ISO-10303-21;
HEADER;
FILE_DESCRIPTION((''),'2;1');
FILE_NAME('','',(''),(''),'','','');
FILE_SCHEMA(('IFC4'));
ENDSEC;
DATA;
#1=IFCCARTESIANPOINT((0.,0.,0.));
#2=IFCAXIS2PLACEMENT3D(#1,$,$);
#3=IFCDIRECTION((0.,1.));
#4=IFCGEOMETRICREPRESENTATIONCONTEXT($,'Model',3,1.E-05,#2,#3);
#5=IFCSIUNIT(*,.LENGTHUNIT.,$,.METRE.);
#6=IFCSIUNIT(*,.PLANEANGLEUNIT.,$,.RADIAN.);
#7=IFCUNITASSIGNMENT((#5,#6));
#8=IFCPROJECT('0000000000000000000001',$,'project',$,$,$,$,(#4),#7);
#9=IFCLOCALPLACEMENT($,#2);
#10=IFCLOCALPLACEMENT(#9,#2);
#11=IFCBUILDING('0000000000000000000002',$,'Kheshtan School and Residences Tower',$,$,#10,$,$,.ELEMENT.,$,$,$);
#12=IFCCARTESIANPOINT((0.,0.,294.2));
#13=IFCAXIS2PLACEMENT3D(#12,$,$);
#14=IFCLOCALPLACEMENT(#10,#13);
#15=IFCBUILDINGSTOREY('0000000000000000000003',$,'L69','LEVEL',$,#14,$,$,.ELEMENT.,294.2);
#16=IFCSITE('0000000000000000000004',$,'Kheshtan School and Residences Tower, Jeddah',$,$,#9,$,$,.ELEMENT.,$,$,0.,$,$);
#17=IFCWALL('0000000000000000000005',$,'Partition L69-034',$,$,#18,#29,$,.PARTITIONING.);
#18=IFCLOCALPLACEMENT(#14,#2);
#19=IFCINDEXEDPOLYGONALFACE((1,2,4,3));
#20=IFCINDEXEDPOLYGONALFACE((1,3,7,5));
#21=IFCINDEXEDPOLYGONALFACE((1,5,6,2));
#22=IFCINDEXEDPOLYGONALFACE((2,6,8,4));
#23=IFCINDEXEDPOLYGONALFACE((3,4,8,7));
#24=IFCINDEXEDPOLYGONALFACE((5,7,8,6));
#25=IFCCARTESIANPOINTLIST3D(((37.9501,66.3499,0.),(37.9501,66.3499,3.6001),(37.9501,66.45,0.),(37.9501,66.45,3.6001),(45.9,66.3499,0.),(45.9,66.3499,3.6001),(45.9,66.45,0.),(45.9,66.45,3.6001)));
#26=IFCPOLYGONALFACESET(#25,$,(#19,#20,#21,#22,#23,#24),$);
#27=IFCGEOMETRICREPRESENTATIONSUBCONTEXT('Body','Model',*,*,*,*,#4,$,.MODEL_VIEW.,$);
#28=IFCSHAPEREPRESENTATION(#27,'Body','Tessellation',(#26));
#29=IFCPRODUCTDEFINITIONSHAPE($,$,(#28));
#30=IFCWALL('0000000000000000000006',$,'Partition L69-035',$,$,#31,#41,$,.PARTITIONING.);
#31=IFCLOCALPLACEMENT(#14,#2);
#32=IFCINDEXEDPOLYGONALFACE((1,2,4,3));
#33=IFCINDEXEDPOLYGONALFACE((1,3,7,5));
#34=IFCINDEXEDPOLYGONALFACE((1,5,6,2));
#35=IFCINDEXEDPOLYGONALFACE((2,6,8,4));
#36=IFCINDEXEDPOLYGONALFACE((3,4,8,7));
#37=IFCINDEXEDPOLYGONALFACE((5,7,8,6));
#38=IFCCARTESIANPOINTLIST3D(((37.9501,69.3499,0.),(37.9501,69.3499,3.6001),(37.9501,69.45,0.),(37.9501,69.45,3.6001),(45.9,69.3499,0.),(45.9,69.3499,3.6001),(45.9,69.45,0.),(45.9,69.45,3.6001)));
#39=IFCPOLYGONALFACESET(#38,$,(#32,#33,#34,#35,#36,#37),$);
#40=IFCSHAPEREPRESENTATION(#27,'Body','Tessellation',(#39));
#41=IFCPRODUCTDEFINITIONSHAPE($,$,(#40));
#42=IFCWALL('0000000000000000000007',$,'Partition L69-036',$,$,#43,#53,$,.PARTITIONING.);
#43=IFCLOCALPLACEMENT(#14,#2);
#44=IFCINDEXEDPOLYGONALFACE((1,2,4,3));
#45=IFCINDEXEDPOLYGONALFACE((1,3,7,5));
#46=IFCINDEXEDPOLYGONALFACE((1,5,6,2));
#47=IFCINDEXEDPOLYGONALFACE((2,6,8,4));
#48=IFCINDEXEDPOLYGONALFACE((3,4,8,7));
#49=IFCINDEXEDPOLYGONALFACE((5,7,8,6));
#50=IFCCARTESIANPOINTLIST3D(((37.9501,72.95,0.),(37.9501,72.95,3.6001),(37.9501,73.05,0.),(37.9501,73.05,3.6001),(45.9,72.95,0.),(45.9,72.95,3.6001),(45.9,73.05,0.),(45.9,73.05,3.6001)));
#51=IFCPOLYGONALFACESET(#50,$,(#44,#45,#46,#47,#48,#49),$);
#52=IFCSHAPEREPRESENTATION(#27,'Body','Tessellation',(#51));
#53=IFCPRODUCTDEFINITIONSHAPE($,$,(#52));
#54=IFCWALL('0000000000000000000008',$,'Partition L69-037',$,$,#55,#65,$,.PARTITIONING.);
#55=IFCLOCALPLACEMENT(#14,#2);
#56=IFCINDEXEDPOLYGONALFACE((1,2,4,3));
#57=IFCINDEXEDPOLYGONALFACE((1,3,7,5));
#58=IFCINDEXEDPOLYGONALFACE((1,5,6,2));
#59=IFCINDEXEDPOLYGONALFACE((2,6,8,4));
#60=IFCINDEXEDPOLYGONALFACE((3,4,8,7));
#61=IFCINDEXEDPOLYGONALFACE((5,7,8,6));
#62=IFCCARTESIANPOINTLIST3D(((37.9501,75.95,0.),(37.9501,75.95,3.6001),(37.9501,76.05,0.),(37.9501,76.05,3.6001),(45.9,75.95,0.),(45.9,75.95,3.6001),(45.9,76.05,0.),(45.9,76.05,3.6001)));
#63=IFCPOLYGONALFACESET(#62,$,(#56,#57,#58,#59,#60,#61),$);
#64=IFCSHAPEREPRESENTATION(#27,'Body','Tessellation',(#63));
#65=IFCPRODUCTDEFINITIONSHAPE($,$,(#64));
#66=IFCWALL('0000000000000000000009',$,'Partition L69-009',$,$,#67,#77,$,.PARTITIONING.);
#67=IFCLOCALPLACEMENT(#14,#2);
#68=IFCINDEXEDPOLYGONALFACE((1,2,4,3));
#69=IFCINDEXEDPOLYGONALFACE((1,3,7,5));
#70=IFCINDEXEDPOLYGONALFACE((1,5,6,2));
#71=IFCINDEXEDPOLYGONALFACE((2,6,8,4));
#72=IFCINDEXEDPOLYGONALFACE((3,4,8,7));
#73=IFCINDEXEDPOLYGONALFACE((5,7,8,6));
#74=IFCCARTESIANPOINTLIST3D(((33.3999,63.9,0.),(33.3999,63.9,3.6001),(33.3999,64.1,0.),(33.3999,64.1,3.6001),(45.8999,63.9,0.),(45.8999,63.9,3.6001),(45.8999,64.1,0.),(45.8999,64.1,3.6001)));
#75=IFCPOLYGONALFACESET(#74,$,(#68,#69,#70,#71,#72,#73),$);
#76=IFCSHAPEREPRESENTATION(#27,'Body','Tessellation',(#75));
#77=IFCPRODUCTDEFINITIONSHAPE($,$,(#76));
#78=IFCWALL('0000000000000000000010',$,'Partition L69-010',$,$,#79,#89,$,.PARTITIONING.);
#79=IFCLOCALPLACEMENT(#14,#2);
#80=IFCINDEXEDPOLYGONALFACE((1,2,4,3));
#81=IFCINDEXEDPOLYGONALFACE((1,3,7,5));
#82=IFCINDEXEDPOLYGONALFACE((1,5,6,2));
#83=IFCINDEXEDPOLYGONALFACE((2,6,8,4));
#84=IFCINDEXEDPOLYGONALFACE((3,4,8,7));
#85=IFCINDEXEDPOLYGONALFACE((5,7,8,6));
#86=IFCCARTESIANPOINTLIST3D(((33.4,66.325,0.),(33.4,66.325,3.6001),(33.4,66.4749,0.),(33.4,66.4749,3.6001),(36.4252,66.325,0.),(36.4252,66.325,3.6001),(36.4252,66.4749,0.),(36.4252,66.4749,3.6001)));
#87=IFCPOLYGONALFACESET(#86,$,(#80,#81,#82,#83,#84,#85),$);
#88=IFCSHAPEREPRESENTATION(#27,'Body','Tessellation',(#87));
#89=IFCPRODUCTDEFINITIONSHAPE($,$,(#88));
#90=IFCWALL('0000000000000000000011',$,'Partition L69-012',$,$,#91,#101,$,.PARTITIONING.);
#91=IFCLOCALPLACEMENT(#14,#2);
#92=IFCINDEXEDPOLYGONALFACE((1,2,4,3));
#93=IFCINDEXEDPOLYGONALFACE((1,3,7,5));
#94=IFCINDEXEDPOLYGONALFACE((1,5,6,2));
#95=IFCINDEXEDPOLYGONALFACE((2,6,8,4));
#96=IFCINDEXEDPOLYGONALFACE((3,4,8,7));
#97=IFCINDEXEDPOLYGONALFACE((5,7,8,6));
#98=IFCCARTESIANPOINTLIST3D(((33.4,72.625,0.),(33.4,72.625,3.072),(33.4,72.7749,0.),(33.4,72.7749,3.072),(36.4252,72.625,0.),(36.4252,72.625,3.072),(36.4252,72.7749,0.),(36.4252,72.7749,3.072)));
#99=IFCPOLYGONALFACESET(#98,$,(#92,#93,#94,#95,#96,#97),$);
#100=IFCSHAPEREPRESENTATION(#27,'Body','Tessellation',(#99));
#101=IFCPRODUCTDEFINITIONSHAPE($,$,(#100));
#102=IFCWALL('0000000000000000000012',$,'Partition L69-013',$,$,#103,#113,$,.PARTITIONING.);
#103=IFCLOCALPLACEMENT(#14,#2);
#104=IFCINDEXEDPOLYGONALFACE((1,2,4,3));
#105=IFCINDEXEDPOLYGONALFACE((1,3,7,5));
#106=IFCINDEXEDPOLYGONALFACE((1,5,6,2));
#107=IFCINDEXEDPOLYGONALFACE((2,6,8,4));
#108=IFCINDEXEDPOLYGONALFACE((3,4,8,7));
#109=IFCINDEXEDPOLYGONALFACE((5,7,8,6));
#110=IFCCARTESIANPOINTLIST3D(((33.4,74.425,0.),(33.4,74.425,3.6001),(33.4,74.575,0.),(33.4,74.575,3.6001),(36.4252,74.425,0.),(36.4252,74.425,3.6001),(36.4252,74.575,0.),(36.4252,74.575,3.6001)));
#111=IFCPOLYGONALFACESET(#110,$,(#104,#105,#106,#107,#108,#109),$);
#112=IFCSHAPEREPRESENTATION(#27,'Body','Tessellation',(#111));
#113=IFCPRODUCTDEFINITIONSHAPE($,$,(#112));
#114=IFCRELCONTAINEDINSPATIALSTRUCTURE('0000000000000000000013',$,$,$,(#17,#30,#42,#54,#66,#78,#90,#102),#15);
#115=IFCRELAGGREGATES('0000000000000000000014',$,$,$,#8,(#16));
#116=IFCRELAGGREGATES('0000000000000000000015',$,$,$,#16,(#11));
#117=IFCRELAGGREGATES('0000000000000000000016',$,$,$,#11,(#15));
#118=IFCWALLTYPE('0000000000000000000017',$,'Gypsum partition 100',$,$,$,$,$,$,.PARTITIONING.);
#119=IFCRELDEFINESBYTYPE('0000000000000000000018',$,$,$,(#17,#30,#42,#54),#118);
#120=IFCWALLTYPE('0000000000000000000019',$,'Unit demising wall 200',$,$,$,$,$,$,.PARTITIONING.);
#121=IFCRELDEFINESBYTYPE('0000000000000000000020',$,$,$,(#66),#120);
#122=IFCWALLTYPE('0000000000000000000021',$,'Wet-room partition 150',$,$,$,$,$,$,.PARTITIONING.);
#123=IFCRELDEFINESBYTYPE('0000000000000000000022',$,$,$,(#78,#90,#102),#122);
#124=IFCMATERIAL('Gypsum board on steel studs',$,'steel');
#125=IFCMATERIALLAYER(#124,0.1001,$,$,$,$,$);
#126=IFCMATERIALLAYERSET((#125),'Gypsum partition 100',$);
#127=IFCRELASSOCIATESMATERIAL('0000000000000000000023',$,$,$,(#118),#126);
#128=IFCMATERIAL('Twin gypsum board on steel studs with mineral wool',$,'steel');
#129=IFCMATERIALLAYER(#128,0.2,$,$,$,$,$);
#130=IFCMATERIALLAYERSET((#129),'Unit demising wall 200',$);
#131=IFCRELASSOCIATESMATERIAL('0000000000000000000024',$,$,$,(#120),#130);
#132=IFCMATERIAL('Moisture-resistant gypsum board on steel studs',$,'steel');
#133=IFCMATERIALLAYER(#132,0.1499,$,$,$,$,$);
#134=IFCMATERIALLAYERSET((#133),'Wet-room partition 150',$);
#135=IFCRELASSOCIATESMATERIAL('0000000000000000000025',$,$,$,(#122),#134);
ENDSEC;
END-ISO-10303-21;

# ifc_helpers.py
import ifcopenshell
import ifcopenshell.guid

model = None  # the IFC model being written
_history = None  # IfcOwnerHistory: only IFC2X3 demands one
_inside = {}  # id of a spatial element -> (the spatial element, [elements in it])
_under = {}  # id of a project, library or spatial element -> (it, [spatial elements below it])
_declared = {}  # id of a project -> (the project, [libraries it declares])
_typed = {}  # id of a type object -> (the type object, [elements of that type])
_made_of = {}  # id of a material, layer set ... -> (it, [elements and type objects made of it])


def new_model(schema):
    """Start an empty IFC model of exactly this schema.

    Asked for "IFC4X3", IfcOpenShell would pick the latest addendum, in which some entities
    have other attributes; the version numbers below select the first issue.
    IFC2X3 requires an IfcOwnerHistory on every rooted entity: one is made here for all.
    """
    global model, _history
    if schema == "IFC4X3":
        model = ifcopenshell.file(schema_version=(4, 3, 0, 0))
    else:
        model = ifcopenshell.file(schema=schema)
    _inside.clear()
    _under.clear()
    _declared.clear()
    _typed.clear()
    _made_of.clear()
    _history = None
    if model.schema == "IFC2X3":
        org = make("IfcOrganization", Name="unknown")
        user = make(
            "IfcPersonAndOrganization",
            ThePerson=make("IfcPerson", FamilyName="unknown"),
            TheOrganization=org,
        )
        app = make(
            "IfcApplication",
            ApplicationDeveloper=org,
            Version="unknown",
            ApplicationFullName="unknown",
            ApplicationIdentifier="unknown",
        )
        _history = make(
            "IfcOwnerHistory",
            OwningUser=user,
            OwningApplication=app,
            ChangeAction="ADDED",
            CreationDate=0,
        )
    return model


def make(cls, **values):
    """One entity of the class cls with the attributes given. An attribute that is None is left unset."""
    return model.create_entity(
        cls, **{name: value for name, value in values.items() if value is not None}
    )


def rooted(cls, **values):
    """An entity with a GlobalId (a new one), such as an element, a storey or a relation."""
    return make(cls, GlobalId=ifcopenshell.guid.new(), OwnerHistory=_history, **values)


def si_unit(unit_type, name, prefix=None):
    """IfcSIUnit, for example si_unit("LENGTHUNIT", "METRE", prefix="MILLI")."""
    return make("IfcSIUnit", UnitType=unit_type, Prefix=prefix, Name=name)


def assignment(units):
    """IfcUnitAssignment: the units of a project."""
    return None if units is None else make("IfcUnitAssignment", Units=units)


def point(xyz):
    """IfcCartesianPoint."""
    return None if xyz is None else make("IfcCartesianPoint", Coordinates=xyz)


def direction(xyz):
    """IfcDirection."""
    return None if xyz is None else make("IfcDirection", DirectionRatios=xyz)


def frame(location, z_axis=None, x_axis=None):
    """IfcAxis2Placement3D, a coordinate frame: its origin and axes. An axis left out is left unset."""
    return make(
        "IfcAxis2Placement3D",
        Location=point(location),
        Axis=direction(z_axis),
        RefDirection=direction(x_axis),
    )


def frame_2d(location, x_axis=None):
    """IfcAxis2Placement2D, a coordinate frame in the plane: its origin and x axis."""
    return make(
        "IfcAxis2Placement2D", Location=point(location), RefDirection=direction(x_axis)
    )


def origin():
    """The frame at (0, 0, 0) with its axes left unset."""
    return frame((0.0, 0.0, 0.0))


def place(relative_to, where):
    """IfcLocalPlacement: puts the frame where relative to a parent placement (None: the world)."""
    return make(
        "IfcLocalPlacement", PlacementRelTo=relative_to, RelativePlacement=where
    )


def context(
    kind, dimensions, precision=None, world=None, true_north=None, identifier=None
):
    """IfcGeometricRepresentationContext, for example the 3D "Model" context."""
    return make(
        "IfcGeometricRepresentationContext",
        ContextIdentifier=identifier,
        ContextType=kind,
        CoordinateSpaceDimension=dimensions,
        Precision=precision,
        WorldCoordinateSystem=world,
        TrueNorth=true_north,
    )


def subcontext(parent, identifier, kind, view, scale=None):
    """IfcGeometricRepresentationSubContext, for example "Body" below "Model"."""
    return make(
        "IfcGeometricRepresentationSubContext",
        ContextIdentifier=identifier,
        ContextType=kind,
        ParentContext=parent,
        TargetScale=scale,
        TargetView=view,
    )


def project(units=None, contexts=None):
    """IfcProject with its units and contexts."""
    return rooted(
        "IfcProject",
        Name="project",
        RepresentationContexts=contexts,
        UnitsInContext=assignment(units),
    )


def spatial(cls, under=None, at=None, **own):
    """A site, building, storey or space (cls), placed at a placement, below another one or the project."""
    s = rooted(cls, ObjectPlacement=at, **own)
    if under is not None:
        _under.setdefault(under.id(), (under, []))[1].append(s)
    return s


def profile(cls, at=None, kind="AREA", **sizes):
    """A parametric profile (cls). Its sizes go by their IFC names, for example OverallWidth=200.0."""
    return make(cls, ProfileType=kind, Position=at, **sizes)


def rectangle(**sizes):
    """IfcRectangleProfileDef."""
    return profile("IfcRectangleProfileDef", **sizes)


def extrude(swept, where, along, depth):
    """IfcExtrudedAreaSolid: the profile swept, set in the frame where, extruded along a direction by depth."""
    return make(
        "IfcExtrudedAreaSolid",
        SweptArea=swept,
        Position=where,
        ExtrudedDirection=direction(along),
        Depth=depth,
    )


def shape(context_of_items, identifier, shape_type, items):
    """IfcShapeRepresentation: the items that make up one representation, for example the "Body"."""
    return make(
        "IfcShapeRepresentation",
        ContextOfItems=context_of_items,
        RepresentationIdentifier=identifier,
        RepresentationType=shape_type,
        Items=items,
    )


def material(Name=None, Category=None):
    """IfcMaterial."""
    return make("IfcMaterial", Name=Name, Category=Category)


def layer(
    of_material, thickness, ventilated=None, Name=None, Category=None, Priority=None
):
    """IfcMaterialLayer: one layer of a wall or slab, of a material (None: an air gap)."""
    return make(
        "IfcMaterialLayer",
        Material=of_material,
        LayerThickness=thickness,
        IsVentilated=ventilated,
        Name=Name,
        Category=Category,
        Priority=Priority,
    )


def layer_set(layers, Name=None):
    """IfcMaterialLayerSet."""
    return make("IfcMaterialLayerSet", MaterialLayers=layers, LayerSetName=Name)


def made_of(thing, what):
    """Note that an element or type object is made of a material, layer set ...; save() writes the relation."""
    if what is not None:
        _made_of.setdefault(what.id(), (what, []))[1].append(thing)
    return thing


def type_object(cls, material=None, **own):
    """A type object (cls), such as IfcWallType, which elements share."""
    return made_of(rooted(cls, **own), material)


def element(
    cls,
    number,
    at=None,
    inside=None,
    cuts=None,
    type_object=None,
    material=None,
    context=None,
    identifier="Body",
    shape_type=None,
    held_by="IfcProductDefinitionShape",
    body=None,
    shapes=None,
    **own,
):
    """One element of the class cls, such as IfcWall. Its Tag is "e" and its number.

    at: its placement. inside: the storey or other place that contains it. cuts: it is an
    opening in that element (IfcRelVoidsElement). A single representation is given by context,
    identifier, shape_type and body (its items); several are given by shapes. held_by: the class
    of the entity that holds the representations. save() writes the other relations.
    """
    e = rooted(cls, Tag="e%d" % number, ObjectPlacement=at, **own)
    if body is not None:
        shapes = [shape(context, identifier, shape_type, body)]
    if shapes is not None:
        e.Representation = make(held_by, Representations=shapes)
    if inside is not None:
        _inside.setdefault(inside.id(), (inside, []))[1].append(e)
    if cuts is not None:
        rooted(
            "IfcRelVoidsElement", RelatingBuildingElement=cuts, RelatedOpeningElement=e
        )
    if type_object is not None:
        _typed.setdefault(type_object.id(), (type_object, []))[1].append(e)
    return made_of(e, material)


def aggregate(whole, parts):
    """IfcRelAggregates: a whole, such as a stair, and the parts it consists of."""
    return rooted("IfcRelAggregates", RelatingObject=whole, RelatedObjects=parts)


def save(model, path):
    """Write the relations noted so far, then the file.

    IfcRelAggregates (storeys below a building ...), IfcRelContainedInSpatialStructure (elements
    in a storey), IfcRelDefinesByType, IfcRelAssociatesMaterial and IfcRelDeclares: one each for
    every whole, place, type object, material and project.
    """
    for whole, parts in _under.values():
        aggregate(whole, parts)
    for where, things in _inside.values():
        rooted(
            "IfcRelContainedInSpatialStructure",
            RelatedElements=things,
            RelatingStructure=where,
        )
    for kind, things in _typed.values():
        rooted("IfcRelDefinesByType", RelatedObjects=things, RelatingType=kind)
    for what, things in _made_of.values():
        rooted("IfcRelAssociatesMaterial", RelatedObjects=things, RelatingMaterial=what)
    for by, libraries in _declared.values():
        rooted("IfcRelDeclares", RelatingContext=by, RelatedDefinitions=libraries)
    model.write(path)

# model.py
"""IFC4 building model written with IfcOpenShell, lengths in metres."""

from ifc_helpers import new_model, si_unit, direction, frame, frame_2d, origin, place, context, subcontext, project, spatial, rectangle, extrude, material, layer, layer_set, type_object, element, save


model = new_model("IFC4")

# Units and contexts
model_context = context("Model", 3, precision=1e-05, world=origin(), true_north=direction((0.0, 1.0)))
body_context = subcontext(model_context, "Body", "Model", "MODEL_VIEW")
ifc_project = project(units=[si_unit("LENGTHUNIT", "METRE"), si_unit("PLANEANGLEUNIT", "RADIAN")], contexts=[model_context])

# Site, building, storey
site_placement = place(None, origin())
site = spatial("IfcSite", under=ifc_project, at=site_placement, Name="Kheshtan School and Residences Tower, Jeddah", CompositionType="ELEMENT", RefElevation=0.0)
building_placement = place(site_placement, origin())
building = spatial("IfcBuilding", under=site, at=building_placement, Name="Kheshtan School and Residences Tower", CompositionType="ELEMENT")
storey_placement = place(building_placement, frame((0.0, 0.0, 294.2)))
storey = spatial("IfcBuildingStorey", under=building, at=storey_placement, Name="L69", Description="LEVEL", CompositionType="ELEMENT", Elevation=294.2)

# Shared definitions
ifc_material_1 = material(Name="Gypsum board on steel studs", Category="steel")
ifc_layer_1 = layer(ifc_material_1, 0.1001)
ifc_layer_set_1 = layer_set([ifc_layer_1], Name="Gypsum partition 100")
wall_type_1 = type_object("IfcWallType", Name="Gypsum partition 100", PredefinedType="PARTITIONING", material=ifc_layer_set_1)

# Walls
for number, where, z_axis, x_axis, name in (
    (1, (37.95, 66.3999, 0.0), (0.0, 0.0, 1.0), (1.0, 0.0, 0.0), "Partition L69-034"),
    (2, (37.95, 69.3999, 0.0), (0.0, 0.0, 1.0), (1.0, 0.0, 0.0), "Partition L69-035"),
    (3, (37.95, 73.0, 0.0), (0.0, 0.0, 1.0), (1.0, 0.0, 0.0), "Partition L69-036"),
    (4, (37.95, 76.0, 0.0), (0.0, 0.0, 1.0), (1.0, 0.0, 0.0), "Partition L69-037"),
):
    element("IfcWall", number, at=place(storey_placement, frame(where, z_axis=z_axis, x_axis=x_axis)), inside=storey, type_object=wall_type_1, Name=name, PredefinedType="PARTITIONING", context=body_context, shape_type="SweptSolid", body=[
        extrude(rectangle(XDim=7.95, YDim=0.1001, at=frame_2d((3.9751, 0.0))), origin(), (0.0, 0.0, 1.0), 3.6001),
    ])
ifc_material_2 = material(Name="Twin gypsum board on steel studs with mineral wool", Category="steel")
ifc_layer_2 = layer(ifc_material_2, 0.2)
ifc_layer_set_2 = layer_set([ifc_layer_2], Name="Unit demising wall 200")
wall_type_2 = type_object("IfcWallType", Name="Unit demising wall 200", PredefinedType="PARTITIONING", material=ifc_layer_set_2)
wall_1_placement = place(storey_placement, frame((33.3999, 64.0, 0.0), z_axis=(0.0, 0.0, 1.0), x_axis=(1.0, 0.0, 0.0)))
element("IfcWall", 5, at=wall_1_placement, inside=storey, type_object=wall_type_2, Name="Partition L69-009", PredefinedType="PARTITIONING", context=body_context, shape_type="SweptSolid", body=[
    extrude(rectangle(XDim=12.5, YDim=0.2, at=frame_2d((6.25, 0.0))), origin(), (0.0, 0.0, 1.0), 3.6001),
])
ifc_material_3 = material(Name="Moisture-resistant gypsum board on steel studs", Category="steel")
ifc_layer_3 = layer(ifc_material_3, 0.1499)
ifc_layer_set_3 = layer_set([ifc_layer_3], Name="Wet-room partition 150")
wall_type_3 = type_object("IfcWallType", Name="Wet-room partition 150", PredefinedType="PARTITIONING", material=ifc_layer_set_3)
wall_2_placement = place(storey_placement, frame((33.3999, 66.3999, 0.0), z_axis=(0.0, 0.0, 1.0), x_axis=(1.0, 0.0, 0.0)))
element("IfcWall", 6, at=wall_2_placement, inside=storey, type_object=wall_type_3, Name="Partition L69-010", PredefinedType="PARTITIONING", context=body_context, shape_type="SweptSolid", body=[
    extrude(rectangle(XDim=3.0251, YDim=0.1499, at=frame_2d((1.5127, 0.0))), origin(), (0.0, 0.0, 1.0), 3.6001),
])
wall_3_placement = place(storey_placement, frame((33.3999, 72.7, 0.0), z_axis=(0.0, 0.0, 1.0), x_axis=(1.0, 0.0, 0.0)))
element("IfcWall", 7, at=wall_3_placement, inside=storey, type_object=wall_type_3, Name="Partition L69-012", PredefinedType="PARTITIONING", context=body_context, shape_type="SweptSolid", body=[
    extrude(rectangle(XDim=3.0251, YDim=0.1499, at=frame_2d((1.5127, 0.0))), origin(), (0.0, 0.0, 1.0), 3.072),
])
wall_4_placement = place(storey_placement, frame((33.3999, 74.5, 0.0), z_axis=(0.0, 0.0, 1.0), x_axis=(1.0, 0.0, 0.0)))
element("IfcWall", 8, at=wall_4_placement, inside=storey, type_object=wall_type_3, Name="Partition L69-013", PredefinedType="PARTITIONING", context=body_context, shape_type="SweptSolid", body=[
    extrude(rectangle(XDim=3.0251, YDim=0.1499, at=frame_2d((1.5127, 0.0))), origin(), (0.0, 0.0, 1.0), 3.6001),
])

save(model, "model.ifc")
